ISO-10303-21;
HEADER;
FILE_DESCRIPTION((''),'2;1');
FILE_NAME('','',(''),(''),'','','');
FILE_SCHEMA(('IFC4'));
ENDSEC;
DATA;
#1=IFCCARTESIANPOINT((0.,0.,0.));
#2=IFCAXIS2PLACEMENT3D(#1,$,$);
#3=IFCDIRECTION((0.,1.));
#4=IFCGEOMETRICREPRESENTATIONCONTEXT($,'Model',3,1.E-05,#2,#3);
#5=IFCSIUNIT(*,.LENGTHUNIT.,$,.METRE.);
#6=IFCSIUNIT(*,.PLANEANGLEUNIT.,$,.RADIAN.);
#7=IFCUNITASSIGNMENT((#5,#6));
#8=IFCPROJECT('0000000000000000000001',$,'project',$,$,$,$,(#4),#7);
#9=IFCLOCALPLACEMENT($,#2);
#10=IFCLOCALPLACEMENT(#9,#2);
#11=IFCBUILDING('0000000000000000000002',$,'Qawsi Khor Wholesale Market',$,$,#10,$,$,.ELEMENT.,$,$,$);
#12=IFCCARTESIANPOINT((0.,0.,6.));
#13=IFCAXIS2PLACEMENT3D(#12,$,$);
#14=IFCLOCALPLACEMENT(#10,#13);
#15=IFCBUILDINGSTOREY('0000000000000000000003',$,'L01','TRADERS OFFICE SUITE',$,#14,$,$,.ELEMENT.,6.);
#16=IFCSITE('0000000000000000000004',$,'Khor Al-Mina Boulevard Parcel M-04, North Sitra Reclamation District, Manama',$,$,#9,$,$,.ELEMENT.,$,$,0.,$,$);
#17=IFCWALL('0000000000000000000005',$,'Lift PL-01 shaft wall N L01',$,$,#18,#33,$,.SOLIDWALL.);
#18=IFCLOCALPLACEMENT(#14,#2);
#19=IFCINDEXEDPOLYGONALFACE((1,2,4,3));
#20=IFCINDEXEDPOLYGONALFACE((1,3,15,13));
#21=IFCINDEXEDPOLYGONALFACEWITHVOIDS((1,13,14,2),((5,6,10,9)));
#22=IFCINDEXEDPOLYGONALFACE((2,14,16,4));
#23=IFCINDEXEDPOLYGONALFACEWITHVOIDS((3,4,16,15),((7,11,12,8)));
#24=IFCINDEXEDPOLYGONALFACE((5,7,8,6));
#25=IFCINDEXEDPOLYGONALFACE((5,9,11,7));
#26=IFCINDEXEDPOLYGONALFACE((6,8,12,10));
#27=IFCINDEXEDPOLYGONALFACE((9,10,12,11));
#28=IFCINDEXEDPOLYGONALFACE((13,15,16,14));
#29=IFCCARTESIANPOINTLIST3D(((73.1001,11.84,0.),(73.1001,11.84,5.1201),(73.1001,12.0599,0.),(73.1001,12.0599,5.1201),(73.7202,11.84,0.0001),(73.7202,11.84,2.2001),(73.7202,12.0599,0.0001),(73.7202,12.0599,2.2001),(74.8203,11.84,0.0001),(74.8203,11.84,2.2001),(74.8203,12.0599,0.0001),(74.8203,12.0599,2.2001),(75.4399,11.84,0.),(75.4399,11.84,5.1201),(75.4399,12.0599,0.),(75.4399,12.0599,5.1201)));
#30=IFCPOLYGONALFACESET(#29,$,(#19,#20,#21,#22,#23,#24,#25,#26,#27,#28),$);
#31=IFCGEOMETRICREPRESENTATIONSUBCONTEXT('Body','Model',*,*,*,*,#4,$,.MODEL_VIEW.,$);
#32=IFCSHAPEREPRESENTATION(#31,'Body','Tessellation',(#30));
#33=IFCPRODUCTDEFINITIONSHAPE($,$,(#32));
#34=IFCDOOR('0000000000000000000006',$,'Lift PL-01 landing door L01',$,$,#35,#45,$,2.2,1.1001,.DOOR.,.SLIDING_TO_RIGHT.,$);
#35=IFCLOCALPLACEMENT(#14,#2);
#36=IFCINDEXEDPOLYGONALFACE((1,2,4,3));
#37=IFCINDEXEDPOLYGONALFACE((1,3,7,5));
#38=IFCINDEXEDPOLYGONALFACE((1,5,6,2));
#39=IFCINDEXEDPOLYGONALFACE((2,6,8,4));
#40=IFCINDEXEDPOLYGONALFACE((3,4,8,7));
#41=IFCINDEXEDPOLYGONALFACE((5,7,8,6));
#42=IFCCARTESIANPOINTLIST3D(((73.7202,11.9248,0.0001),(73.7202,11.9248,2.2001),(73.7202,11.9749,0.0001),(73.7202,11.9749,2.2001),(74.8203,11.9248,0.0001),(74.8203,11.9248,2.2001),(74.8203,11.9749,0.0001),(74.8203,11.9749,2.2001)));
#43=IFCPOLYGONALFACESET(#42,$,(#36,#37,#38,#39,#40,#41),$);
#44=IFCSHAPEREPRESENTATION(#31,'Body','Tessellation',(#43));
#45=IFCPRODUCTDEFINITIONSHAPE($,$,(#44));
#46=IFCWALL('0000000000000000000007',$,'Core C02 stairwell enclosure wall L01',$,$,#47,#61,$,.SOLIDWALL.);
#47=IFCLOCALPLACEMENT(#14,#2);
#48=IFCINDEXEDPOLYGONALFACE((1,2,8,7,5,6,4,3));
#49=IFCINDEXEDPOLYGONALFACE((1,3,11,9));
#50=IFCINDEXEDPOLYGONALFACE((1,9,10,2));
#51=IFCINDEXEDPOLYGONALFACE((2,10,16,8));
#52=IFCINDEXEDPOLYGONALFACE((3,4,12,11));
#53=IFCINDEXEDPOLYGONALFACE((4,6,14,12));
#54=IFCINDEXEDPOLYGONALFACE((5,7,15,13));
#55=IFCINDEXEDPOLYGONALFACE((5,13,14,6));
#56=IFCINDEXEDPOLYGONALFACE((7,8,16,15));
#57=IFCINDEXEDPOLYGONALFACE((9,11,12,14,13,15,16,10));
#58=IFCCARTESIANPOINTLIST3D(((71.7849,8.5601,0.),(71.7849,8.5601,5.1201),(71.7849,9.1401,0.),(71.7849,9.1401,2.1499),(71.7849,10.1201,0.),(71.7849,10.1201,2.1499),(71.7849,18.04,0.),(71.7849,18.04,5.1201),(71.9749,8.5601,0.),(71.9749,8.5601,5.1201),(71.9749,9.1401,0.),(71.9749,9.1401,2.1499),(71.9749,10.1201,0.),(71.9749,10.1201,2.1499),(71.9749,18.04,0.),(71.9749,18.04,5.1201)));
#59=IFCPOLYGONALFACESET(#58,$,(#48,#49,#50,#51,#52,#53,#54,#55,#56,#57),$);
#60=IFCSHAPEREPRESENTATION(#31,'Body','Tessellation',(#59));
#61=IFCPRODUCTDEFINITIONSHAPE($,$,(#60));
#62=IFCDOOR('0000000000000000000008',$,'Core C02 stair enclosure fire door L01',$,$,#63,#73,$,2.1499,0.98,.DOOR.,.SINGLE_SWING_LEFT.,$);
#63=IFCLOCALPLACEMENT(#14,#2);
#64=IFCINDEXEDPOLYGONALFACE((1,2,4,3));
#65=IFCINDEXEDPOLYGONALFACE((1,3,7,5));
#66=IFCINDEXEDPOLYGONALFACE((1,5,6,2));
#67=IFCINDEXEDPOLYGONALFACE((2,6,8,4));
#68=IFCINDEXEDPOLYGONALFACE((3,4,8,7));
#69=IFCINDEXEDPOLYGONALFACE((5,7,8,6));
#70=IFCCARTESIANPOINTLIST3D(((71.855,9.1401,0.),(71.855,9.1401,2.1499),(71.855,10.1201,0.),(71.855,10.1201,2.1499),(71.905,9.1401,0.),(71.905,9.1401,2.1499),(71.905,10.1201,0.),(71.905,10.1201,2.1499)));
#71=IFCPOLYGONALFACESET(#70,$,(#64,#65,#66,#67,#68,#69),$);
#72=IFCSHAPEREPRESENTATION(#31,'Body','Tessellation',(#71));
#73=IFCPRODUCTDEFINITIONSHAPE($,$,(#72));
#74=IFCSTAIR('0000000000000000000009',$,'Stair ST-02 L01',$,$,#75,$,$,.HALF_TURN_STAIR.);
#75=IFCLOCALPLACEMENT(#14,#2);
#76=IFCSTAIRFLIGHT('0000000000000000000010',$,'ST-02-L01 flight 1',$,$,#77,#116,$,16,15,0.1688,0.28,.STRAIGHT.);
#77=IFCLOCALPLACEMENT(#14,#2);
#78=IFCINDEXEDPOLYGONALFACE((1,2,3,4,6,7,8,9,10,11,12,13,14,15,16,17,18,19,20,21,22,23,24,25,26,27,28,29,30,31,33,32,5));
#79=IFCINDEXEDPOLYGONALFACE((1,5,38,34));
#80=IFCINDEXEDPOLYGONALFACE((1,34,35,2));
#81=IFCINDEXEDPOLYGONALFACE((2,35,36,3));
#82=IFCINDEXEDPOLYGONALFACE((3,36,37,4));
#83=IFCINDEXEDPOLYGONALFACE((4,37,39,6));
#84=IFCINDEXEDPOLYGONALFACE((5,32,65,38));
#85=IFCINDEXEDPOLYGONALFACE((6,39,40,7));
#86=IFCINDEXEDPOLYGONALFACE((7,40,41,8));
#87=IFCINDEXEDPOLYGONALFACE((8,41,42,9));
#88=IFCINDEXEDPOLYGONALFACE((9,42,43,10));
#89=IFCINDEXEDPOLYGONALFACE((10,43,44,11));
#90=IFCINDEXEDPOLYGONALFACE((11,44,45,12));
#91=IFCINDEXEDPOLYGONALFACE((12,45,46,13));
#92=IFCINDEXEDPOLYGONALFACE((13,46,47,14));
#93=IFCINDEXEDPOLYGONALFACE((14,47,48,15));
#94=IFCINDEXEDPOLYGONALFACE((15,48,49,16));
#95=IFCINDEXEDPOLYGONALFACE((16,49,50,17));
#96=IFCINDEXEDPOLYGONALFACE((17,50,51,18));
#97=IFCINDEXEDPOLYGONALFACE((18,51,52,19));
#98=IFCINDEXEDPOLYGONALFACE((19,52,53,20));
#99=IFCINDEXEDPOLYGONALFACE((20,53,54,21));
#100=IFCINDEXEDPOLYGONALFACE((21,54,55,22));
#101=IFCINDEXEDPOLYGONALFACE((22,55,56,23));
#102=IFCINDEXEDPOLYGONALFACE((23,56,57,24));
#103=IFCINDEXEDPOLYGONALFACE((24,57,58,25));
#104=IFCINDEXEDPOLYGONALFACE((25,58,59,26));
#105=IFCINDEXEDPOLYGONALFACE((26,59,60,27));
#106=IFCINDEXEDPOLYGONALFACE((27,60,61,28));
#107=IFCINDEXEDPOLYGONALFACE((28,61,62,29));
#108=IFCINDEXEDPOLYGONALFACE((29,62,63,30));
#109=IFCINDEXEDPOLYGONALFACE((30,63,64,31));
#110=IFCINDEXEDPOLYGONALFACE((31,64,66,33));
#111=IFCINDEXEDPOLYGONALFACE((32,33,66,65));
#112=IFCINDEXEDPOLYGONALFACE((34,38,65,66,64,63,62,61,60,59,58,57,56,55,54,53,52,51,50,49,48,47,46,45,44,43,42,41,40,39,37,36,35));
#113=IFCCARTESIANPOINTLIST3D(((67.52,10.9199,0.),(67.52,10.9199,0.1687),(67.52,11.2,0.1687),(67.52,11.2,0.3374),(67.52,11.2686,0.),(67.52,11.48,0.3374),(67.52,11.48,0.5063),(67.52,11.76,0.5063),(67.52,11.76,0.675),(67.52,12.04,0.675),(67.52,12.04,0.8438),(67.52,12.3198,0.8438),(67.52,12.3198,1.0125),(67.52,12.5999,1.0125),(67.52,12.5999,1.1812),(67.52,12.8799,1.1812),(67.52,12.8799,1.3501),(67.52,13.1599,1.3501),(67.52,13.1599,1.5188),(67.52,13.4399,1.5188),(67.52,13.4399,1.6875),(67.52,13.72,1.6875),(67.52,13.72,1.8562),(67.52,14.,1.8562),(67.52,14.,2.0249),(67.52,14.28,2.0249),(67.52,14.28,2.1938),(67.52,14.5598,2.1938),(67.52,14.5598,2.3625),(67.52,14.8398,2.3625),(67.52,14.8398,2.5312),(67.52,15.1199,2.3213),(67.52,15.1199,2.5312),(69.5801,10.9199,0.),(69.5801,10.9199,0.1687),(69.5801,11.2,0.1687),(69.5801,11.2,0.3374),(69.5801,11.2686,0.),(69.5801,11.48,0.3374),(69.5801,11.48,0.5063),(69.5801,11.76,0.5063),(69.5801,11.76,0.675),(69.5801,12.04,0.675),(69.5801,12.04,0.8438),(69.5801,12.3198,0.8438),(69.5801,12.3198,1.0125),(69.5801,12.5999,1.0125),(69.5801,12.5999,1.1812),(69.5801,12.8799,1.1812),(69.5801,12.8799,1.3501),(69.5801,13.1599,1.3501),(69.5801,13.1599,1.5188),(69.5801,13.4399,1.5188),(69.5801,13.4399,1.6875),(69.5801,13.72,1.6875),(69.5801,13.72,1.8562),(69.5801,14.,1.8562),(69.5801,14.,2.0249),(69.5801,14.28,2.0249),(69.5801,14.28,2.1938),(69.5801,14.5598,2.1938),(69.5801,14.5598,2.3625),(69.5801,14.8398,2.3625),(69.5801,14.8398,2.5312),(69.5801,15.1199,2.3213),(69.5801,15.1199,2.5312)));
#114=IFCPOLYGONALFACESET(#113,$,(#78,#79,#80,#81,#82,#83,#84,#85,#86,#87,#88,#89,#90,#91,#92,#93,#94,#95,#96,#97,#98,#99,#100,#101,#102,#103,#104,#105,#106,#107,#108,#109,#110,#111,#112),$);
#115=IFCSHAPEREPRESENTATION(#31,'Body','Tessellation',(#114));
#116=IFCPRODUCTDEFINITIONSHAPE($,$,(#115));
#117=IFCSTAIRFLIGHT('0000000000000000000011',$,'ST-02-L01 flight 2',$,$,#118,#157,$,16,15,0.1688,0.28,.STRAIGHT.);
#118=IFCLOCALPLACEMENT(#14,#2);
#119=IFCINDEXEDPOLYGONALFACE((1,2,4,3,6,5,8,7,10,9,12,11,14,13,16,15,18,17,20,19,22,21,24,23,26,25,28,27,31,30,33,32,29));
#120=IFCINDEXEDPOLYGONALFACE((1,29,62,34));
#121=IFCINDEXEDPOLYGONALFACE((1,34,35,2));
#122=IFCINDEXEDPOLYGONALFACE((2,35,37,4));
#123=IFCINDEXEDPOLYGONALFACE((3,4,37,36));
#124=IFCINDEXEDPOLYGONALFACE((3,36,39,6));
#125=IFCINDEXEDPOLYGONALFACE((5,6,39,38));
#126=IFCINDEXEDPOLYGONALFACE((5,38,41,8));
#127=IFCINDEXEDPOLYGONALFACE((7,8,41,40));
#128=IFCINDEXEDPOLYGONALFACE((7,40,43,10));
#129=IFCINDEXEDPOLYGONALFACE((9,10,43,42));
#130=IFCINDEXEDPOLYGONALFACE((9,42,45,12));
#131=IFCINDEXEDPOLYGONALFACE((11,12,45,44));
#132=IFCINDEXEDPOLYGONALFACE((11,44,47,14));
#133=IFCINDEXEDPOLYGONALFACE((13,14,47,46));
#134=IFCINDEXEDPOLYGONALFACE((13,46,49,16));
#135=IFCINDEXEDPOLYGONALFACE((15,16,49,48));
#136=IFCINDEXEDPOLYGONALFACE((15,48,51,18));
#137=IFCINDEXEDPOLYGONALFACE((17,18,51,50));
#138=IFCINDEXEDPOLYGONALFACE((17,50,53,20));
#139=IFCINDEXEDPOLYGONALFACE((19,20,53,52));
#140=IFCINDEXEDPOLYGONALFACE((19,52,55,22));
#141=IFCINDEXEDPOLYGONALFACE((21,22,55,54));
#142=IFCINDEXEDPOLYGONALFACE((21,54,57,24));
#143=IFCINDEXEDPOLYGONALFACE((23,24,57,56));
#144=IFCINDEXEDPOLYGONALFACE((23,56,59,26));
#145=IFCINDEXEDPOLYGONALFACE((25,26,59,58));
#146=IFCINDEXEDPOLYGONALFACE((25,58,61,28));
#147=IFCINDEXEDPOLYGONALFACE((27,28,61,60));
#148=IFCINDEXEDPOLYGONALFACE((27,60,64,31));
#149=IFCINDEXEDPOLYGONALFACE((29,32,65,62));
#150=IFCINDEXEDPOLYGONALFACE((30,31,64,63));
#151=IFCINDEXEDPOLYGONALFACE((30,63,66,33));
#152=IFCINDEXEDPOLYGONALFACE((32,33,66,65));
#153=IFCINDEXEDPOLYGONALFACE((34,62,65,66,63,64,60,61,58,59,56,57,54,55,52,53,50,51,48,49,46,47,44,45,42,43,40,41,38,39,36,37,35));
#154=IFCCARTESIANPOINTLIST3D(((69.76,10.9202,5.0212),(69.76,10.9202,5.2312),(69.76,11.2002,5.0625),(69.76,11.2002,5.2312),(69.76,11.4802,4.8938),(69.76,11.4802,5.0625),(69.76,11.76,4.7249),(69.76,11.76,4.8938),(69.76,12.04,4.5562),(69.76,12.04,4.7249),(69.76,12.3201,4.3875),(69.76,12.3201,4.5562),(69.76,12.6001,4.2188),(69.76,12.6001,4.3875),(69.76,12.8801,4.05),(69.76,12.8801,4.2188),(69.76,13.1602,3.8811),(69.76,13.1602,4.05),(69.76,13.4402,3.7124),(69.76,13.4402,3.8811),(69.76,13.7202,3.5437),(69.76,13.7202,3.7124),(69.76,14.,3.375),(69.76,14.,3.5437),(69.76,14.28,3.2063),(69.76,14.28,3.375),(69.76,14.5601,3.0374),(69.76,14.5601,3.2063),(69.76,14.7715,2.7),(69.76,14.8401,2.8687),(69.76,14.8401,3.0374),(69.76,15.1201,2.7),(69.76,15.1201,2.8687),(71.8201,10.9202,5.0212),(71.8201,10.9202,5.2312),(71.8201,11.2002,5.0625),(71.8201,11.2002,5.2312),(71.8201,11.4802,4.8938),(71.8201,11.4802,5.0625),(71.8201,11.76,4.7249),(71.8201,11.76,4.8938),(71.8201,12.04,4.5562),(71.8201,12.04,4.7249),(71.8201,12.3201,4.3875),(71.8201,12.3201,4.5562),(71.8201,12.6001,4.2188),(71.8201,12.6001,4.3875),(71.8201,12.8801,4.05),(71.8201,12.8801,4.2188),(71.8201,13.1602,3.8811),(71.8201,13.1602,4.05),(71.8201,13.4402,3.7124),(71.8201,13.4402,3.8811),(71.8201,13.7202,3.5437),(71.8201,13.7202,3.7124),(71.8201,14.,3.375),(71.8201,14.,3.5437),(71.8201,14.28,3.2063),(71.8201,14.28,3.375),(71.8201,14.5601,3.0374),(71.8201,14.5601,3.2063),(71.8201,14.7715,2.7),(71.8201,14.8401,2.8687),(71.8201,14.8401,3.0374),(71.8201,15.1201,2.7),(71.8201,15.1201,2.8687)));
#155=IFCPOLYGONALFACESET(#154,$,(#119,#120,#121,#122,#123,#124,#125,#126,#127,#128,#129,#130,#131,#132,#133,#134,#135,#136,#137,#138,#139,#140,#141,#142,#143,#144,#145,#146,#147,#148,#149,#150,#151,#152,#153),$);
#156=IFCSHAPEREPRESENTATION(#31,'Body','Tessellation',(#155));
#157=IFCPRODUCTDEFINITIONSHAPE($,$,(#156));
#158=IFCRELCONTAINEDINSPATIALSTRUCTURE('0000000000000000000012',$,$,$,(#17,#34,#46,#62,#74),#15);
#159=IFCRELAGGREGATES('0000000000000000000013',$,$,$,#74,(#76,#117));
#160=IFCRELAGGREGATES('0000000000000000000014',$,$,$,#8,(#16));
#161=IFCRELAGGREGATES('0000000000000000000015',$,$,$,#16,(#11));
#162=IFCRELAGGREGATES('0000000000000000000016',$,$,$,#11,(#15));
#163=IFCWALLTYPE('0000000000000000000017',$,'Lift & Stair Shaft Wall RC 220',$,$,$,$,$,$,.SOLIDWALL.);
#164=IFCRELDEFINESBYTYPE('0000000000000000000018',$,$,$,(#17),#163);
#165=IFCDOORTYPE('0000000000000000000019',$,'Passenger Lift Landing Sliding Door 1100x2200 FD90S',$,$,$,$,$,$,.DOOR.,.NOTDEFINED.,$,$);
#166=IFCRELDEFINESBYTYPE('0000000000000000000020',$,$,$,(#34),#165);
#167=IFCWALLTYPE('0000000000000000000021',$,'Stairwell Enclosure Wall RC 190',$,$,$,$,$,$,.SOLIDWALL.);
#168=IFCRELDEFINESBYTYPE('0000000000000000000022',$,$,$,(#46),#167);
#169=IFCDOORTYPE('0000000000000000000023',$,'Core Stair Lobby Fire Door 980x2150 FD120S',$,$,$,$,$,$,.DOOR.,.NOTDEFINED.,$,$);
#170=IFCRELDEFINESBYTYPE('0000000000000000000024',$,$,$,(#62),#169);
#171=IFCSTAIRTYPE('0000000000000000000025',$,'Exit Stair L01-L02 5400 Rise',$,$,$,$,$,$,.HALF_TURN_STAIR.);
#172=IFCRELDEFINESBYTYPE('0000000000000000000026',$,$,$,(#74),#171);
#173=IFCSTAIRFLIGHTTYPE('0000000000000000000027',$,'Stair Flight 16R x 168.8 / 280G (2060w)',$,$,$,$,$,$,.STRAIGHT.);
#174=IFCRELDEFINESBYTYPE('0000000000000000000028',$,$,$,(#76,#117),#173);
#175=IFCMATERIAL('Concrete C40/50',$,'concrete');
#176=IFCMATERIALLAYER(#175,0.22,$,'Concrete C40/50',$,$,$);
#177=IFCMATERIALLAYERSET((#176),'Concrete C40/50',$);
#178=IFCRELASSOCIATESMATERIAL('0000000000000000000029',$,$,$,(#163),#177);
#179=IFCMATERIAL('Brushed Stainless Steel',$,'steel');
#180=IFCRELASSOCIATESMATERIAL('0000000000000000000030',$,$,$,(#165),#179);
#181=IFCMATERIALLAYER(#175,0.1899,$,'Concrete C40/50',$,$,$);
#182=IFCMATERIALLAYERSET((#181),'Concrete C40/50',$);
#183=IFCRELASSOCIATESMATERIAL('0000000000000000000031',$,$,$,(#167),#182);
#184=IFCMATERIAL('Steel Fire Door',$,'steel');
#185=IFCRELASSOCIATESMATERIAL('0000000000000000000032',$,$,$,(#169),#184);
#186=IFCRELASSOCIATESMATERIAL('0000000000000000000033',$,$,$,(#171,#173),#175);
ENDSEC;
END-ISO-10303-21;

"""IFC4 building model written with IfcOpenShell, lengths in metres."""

from ifc_helpers import new_model, si_unit, direction, frame, frame_2d, origin, place, context, subcontext, project, spatial, polyline, rectangle, outline, extrude, material, layer, layer_set, type_object, element, fill, aggregate, save


model = new_model("IFC4")

# Units and contexts
model_context = context("Model", 3, precision=1e-05, world=origin(), true_north=direction((0.0, 1.0)))
body_context = subcontext(model_context, "Body", "Model", "MODEL_VIEW")
ifc_project = project(units=[si_unit("LENGTHUNIT", "METRE"), si_unit("PLANEANGLEUNIT", "RADIAN")], contexts=[model_context])

# Site, building, storey
site_placement = place(None, origin())
site = spatial("IfcSite", under=ifc_project, at=site_placement, Name="Khor Al-Mina Boulevard Parcel M-04, North Sitra Reclamation District, Manama", CompositionType="ELEMENT", RefElevation=0.0)
building_placement = place(site_placement, origin())
building = spatial("IfcBuilding", under=site, at=building_placement, Name="Qawsi Khor Wholesale Market", CompositionType="ELEMENT")
storey_placement = place(building_placement, frame((0.0, 0.0, 6.0)))
storey = spatial("IfcBuildingStorey", under=building, at=storey_placement, Name="L01", Description="TRADERS OFFICE SUITE", CompositionType="ELEMENT", Elevation=6.0)

# Shared definitions
ifc_material_1 = material(Name="Concrete C40/50", Category="concrete")

# Shared definitions
ifc_layer_1 = layer(ifc_material_1, 0.22, Name="Concrete C40/50")
ifc_layer_set_1 = layer_set([ifc_layer_1], Name="Concrete C40/50")
wall_type_1 = type_object("IfcWallType", Name="Lift & Stair Shaft Wall RC 220", PredefinedType="SOLIDWALL", material=ifc_layer_set_1)

# Walls, openings, doors
wall_1_placement = place(storey_placement, frame((73.1001, 11.95, 0.0), z_axis=(0.0, 0.0, 1.0), x_axis=(1.0, 0.0, 0.0)))
wall_1 = element("IfcWall", 1, at=wall_1_placement, inside=storey, type_object=wall_type_1, Name="Lift PL-01 shaft wall N L01", PredefinedType="SOLIDWALL", context=body_context, shape_type="SweptSolid", body=[
    extrude(rectangle(XDim=2.3398, YDim=0.22, at=frame_2d((1.1699, 0.0))), origin(), (0.0, 0.0, 1.0), 5.1201),
])
opening_1_placement = place(wall_1_placement, frame((0.6201, 0.0, 0.0)))
opening_1 = element("IfcOpeningElement", 2, at=opening_1_placement, cuts=wall_1, PredefinedType="OPENING", context=body_context, shape_type="SweptSolid", body=[
    extrude(rectangle(XDim=1.1001, YDim=2.2, at=frame_2d((0.55, 1.1001))), frame((0.0, 0.1199, 0.0), z_axis=(0.0, -1.0, 0.0), x_axis=(1.0, 0.0, 0.0)), (0.0, 0.0, 1.0), 0.24),
])
ifc_material_2 = material(Name="Brushed Stainless Steel", Category="steel")
door_type_1 = type_object("IfcDoorType", Name="Passenger Lift Landing Sliding Door 1100x2200 FD90S", OperationType="NOTDEFINED", PredefinedType="DOOR", material=ifc_material_2)
door_1_placement = place(opening_1_placement, origin())
door_1 = element("IfcDoor", 3, at=door_1_placement, inside=storey, type_object=door_type_1, Name="Lift PL-01 landing door L01", OperationType="SLIDING_TO_RIGHT", OverallHeight=2.2, OverallWidth=1.1001, PredefinedType="DOOR", context=body_context, shape_type="SweptSolid", body=[
    extrude(rectangle(XDim=1.1001, YDim=2.2, at=frame_2d((0.55, 1.1001))), frame((0.0, 0.0249, 0.0), z_axis=(0.0, -1.0, 0.0), x_axis=(1.0, 0.0, 0.0)), (0.0, 0.0, 1.0), 0.05),
])
fill(opening_1, door_1)
ifc_layer_2 = layer(ifc_material_1, 0.1899, Name="Concrete C40/50")
ifc_layer_set_2 = layer_set([ifc_layer_2], Name="Concrete C40/50")
wall_type_2 = type_object("IfcWallType", Name="Stairwell Enclosure Wall RC 190", PredefinedType="SOLIDWALL", material=ifc_layer_set_2)
wall_2_placement = place(storey_placement, frame((71.8799, 8.5601, 0.0), z_axis=(0.0, 0.0, 1.0), x_axis=(0.0, 1.0, 0.0)))
wall_2 = element("IfcWall", 4, at=wall_2_placement, inside=storey, type_object=wall_type_2, Name="Core C02 stairwell enclosure wall L01", PredefinedType="SOLIDWALL", context=body_context, shape_type="SweptSolid", body=[
    extrude(rectangle(XDim=9.48, YDim=0.1899, at=frame_2d((4.74, 0.0))), origin(), (0.0, 0.0, 1.0), 5.1201),
])
opening_2_placement = place(wall_2_placement, frame((0.5801, 0.0, 0.0)))
opening_2 = element("IfcOpeningElement", 5, at=opening_2_placement, cuts=wall_2, PredefinedType="OPENING", context=body_context, shape_type="SweptSolid", body=[
    extrude(rectangle(XDim=0.98, YDim=2.1499, at=frame_2d((0.49, 1.075))), frame((0.0, 0.105, 0.0), z_axis=(0.0, -1.0, 0.0), x_axis=(1.0, 0.0, 0.0)), (0.0, 0.0, 1.0), 0.21),
])
ifc_material_3 = material(Name="Steel Fire Door", Category="steel")
door_type_2 = type_object("IfcDoorType", Name="Core Stair Lobby Fire Door 980x2150 FD120S", OperationType="NOTDEFINED", PredefinedType="DOOR", material=ifc_material_3)
door_2_placement = place(opening_2_placement, origin())
door_2 = element("IfcDoor", 6, at=door_2_placement, inside=storey, type_object=door_type_2, Name="Core C02 stair enclosure fire door L01", OperationType="SINGLE_SWING_LEFT", OverallHeight=2.1499, OverallWidth=0.98, PredefinedType="DOOR", context=body_context, shape_type="SweptSolid", body=[
    extrude(rectangle(XDim=0.98, YDim=2.1499, at=frame_2d((0.49, 1.075))), frame((0.0, 0.0249, 0.0), z_axis=(0.0, -1.0, 0.0), x_axis=(1.0, 0.0, 0.0)), (0.0, 0.0, 1.0), 0.05),
])
fill(opening_2, door_2)

# Stair, stair flights
stair_type = type_object("IfcStairType", Name="Exit Stair L01-L02 5400 Rise", PredefinedType="HALF_TURN_STAIR", material=ifc_material_1)
stair_placement = place(storey_placement, origin())
stair = element("IfcStair", 7, at=stair_placement, inside=storey, type_object=stair_type, Name="Stair ST-02 L01", PredefinedType="HALF_TURN_STAIR")
stair_flight_type = type_object("IfcStairFlightType", Name="Stair Flight 16R x 168.8 / 280G (2060w)", PredefinedType="STRAIGHT", material=ifc_material_1)
stair_flight_1_placement = place(storey_placement, frame((68.55, 10.9199, 0.0), z_axis=(0.0, 0.0, 1.0), x_axis=(0.0, 1.0, 0.0)))
stair_flight_1 = element("IfcStairFlight", 8, at=stair_flight_1_placement, type_object=stair_flight_type, Name="ST-02-L01 flight 1", NumberOfRisers=16, NumberOfTreads=15, PredefinedType="STRAIGHT", RiserHeight=0.1688, TreadLength=0.28, context=body_context, shape_type="SweptSolid", body=[
    extrude(outline(polyline([(0.0, 0.0), (0.0, 0.1687), (0.28, 0.1687), (0.28, 0.3374), (0.5601, 0.3374), (0.5601, 0.5063), (0.8401, 0.5063), (0.8401, 0.675), (1.1201, 0.675), (1.1201, 0.8438), (1.3999, 0.8438), (1.3999, 1.0125), (1.6799, 1.0125), (1.6799, 1.1812), (1.96, 1.1812), (1.96, 1.3501), (2.24, 1.3501), (2.24, 1.5188), (2.52, 1.5188), (2.52, 1.6875), (2.8, 1.6875), (2.8, 1.8562), (3.0801, 1.8562), (3.0801, 2.0249), (3.3601, 2.0249), (3.3601, 2.1938), (3.6399, 2.1938), (3.6399, 2.3625), (3.9199, 2.3625), (3.9199, 2.5312), (4.2, 2.5312), (4.2, 2.7), (4.2, 2.3213), (0.3486, 0.0), (0.0, 0.0)])), frame((0.0, 1.03, 0.0), z_axis=(0.0, -1.0, 0.0), x_axis=(1.0, 0.0, 0.0)), (0.0, 0.0, 1.0), 2.0601),
])
stair_flight_2_placement = place(storey_placement, frame((70.79, 15.1201, 2.7), z_axis=(0.0, 0.0, 1.0), x_axis=(0.0, -1.0, 0.0)))
stair_flight_2 = element("IfcStairFlight", 9, at=stair_flight_2_placement, type_object=stair_flight_type, Name="ST-02-L01 flight 2", NumberOfRisers=16, NumberOfTreads=15, PredefinedType="STRAIGHT", RiserHeight=0.1688, TreadLength=0.28, context=body_context, shape_type="SweptSolid", body=[
    extrude(outline(polyline([(0.0, 0.0), (0.0, 0.1687), (0.28, 0.1687), (0.28, 0.3374), (0.5601, 0.3374), (0.5601, 0.5063), (0.8401, 0.5063), (0.8401, 0.675), (1.1201, 0.675), (1.1201, 0.8438), (1.3999, 0.8438), (1.3999, 1.0125), (1.6799, 1.0125), (1.6799, 1.1812), (1.96, 1.1812), (1.96, 1.3501), (2.24, 1.3501), (2.24, 1.5188), (2.52, 1.5188), (2.52, 1.6875), (2.8, 1.6875), (2.8, 1.8562), (3.0801, 1.8562), (3.0801, 2.0249), (3.3601, 2.0249), (3.3601, 2.1938), (3.6399, 2.1938), (3.6399, 2.3625), (3.9199, 2.3625), (3.9199, 2.5312), (4.2, 2.5312), (4.2, 2.7), (4.2, 2.3213), (0.3486, 0.0), (0.0, 0.0)])), frame((0.0, 1.03, 0.0), z_axis=(0.0, -1.0, 0.0), x_axis=(1.0, 0.0, 0.0)), (0.0, 0.0, 1.0), 2.0601),
])
aggregate(stair, [stair_flight_1, stair_flight_2])

save(model, "model.ifc")
